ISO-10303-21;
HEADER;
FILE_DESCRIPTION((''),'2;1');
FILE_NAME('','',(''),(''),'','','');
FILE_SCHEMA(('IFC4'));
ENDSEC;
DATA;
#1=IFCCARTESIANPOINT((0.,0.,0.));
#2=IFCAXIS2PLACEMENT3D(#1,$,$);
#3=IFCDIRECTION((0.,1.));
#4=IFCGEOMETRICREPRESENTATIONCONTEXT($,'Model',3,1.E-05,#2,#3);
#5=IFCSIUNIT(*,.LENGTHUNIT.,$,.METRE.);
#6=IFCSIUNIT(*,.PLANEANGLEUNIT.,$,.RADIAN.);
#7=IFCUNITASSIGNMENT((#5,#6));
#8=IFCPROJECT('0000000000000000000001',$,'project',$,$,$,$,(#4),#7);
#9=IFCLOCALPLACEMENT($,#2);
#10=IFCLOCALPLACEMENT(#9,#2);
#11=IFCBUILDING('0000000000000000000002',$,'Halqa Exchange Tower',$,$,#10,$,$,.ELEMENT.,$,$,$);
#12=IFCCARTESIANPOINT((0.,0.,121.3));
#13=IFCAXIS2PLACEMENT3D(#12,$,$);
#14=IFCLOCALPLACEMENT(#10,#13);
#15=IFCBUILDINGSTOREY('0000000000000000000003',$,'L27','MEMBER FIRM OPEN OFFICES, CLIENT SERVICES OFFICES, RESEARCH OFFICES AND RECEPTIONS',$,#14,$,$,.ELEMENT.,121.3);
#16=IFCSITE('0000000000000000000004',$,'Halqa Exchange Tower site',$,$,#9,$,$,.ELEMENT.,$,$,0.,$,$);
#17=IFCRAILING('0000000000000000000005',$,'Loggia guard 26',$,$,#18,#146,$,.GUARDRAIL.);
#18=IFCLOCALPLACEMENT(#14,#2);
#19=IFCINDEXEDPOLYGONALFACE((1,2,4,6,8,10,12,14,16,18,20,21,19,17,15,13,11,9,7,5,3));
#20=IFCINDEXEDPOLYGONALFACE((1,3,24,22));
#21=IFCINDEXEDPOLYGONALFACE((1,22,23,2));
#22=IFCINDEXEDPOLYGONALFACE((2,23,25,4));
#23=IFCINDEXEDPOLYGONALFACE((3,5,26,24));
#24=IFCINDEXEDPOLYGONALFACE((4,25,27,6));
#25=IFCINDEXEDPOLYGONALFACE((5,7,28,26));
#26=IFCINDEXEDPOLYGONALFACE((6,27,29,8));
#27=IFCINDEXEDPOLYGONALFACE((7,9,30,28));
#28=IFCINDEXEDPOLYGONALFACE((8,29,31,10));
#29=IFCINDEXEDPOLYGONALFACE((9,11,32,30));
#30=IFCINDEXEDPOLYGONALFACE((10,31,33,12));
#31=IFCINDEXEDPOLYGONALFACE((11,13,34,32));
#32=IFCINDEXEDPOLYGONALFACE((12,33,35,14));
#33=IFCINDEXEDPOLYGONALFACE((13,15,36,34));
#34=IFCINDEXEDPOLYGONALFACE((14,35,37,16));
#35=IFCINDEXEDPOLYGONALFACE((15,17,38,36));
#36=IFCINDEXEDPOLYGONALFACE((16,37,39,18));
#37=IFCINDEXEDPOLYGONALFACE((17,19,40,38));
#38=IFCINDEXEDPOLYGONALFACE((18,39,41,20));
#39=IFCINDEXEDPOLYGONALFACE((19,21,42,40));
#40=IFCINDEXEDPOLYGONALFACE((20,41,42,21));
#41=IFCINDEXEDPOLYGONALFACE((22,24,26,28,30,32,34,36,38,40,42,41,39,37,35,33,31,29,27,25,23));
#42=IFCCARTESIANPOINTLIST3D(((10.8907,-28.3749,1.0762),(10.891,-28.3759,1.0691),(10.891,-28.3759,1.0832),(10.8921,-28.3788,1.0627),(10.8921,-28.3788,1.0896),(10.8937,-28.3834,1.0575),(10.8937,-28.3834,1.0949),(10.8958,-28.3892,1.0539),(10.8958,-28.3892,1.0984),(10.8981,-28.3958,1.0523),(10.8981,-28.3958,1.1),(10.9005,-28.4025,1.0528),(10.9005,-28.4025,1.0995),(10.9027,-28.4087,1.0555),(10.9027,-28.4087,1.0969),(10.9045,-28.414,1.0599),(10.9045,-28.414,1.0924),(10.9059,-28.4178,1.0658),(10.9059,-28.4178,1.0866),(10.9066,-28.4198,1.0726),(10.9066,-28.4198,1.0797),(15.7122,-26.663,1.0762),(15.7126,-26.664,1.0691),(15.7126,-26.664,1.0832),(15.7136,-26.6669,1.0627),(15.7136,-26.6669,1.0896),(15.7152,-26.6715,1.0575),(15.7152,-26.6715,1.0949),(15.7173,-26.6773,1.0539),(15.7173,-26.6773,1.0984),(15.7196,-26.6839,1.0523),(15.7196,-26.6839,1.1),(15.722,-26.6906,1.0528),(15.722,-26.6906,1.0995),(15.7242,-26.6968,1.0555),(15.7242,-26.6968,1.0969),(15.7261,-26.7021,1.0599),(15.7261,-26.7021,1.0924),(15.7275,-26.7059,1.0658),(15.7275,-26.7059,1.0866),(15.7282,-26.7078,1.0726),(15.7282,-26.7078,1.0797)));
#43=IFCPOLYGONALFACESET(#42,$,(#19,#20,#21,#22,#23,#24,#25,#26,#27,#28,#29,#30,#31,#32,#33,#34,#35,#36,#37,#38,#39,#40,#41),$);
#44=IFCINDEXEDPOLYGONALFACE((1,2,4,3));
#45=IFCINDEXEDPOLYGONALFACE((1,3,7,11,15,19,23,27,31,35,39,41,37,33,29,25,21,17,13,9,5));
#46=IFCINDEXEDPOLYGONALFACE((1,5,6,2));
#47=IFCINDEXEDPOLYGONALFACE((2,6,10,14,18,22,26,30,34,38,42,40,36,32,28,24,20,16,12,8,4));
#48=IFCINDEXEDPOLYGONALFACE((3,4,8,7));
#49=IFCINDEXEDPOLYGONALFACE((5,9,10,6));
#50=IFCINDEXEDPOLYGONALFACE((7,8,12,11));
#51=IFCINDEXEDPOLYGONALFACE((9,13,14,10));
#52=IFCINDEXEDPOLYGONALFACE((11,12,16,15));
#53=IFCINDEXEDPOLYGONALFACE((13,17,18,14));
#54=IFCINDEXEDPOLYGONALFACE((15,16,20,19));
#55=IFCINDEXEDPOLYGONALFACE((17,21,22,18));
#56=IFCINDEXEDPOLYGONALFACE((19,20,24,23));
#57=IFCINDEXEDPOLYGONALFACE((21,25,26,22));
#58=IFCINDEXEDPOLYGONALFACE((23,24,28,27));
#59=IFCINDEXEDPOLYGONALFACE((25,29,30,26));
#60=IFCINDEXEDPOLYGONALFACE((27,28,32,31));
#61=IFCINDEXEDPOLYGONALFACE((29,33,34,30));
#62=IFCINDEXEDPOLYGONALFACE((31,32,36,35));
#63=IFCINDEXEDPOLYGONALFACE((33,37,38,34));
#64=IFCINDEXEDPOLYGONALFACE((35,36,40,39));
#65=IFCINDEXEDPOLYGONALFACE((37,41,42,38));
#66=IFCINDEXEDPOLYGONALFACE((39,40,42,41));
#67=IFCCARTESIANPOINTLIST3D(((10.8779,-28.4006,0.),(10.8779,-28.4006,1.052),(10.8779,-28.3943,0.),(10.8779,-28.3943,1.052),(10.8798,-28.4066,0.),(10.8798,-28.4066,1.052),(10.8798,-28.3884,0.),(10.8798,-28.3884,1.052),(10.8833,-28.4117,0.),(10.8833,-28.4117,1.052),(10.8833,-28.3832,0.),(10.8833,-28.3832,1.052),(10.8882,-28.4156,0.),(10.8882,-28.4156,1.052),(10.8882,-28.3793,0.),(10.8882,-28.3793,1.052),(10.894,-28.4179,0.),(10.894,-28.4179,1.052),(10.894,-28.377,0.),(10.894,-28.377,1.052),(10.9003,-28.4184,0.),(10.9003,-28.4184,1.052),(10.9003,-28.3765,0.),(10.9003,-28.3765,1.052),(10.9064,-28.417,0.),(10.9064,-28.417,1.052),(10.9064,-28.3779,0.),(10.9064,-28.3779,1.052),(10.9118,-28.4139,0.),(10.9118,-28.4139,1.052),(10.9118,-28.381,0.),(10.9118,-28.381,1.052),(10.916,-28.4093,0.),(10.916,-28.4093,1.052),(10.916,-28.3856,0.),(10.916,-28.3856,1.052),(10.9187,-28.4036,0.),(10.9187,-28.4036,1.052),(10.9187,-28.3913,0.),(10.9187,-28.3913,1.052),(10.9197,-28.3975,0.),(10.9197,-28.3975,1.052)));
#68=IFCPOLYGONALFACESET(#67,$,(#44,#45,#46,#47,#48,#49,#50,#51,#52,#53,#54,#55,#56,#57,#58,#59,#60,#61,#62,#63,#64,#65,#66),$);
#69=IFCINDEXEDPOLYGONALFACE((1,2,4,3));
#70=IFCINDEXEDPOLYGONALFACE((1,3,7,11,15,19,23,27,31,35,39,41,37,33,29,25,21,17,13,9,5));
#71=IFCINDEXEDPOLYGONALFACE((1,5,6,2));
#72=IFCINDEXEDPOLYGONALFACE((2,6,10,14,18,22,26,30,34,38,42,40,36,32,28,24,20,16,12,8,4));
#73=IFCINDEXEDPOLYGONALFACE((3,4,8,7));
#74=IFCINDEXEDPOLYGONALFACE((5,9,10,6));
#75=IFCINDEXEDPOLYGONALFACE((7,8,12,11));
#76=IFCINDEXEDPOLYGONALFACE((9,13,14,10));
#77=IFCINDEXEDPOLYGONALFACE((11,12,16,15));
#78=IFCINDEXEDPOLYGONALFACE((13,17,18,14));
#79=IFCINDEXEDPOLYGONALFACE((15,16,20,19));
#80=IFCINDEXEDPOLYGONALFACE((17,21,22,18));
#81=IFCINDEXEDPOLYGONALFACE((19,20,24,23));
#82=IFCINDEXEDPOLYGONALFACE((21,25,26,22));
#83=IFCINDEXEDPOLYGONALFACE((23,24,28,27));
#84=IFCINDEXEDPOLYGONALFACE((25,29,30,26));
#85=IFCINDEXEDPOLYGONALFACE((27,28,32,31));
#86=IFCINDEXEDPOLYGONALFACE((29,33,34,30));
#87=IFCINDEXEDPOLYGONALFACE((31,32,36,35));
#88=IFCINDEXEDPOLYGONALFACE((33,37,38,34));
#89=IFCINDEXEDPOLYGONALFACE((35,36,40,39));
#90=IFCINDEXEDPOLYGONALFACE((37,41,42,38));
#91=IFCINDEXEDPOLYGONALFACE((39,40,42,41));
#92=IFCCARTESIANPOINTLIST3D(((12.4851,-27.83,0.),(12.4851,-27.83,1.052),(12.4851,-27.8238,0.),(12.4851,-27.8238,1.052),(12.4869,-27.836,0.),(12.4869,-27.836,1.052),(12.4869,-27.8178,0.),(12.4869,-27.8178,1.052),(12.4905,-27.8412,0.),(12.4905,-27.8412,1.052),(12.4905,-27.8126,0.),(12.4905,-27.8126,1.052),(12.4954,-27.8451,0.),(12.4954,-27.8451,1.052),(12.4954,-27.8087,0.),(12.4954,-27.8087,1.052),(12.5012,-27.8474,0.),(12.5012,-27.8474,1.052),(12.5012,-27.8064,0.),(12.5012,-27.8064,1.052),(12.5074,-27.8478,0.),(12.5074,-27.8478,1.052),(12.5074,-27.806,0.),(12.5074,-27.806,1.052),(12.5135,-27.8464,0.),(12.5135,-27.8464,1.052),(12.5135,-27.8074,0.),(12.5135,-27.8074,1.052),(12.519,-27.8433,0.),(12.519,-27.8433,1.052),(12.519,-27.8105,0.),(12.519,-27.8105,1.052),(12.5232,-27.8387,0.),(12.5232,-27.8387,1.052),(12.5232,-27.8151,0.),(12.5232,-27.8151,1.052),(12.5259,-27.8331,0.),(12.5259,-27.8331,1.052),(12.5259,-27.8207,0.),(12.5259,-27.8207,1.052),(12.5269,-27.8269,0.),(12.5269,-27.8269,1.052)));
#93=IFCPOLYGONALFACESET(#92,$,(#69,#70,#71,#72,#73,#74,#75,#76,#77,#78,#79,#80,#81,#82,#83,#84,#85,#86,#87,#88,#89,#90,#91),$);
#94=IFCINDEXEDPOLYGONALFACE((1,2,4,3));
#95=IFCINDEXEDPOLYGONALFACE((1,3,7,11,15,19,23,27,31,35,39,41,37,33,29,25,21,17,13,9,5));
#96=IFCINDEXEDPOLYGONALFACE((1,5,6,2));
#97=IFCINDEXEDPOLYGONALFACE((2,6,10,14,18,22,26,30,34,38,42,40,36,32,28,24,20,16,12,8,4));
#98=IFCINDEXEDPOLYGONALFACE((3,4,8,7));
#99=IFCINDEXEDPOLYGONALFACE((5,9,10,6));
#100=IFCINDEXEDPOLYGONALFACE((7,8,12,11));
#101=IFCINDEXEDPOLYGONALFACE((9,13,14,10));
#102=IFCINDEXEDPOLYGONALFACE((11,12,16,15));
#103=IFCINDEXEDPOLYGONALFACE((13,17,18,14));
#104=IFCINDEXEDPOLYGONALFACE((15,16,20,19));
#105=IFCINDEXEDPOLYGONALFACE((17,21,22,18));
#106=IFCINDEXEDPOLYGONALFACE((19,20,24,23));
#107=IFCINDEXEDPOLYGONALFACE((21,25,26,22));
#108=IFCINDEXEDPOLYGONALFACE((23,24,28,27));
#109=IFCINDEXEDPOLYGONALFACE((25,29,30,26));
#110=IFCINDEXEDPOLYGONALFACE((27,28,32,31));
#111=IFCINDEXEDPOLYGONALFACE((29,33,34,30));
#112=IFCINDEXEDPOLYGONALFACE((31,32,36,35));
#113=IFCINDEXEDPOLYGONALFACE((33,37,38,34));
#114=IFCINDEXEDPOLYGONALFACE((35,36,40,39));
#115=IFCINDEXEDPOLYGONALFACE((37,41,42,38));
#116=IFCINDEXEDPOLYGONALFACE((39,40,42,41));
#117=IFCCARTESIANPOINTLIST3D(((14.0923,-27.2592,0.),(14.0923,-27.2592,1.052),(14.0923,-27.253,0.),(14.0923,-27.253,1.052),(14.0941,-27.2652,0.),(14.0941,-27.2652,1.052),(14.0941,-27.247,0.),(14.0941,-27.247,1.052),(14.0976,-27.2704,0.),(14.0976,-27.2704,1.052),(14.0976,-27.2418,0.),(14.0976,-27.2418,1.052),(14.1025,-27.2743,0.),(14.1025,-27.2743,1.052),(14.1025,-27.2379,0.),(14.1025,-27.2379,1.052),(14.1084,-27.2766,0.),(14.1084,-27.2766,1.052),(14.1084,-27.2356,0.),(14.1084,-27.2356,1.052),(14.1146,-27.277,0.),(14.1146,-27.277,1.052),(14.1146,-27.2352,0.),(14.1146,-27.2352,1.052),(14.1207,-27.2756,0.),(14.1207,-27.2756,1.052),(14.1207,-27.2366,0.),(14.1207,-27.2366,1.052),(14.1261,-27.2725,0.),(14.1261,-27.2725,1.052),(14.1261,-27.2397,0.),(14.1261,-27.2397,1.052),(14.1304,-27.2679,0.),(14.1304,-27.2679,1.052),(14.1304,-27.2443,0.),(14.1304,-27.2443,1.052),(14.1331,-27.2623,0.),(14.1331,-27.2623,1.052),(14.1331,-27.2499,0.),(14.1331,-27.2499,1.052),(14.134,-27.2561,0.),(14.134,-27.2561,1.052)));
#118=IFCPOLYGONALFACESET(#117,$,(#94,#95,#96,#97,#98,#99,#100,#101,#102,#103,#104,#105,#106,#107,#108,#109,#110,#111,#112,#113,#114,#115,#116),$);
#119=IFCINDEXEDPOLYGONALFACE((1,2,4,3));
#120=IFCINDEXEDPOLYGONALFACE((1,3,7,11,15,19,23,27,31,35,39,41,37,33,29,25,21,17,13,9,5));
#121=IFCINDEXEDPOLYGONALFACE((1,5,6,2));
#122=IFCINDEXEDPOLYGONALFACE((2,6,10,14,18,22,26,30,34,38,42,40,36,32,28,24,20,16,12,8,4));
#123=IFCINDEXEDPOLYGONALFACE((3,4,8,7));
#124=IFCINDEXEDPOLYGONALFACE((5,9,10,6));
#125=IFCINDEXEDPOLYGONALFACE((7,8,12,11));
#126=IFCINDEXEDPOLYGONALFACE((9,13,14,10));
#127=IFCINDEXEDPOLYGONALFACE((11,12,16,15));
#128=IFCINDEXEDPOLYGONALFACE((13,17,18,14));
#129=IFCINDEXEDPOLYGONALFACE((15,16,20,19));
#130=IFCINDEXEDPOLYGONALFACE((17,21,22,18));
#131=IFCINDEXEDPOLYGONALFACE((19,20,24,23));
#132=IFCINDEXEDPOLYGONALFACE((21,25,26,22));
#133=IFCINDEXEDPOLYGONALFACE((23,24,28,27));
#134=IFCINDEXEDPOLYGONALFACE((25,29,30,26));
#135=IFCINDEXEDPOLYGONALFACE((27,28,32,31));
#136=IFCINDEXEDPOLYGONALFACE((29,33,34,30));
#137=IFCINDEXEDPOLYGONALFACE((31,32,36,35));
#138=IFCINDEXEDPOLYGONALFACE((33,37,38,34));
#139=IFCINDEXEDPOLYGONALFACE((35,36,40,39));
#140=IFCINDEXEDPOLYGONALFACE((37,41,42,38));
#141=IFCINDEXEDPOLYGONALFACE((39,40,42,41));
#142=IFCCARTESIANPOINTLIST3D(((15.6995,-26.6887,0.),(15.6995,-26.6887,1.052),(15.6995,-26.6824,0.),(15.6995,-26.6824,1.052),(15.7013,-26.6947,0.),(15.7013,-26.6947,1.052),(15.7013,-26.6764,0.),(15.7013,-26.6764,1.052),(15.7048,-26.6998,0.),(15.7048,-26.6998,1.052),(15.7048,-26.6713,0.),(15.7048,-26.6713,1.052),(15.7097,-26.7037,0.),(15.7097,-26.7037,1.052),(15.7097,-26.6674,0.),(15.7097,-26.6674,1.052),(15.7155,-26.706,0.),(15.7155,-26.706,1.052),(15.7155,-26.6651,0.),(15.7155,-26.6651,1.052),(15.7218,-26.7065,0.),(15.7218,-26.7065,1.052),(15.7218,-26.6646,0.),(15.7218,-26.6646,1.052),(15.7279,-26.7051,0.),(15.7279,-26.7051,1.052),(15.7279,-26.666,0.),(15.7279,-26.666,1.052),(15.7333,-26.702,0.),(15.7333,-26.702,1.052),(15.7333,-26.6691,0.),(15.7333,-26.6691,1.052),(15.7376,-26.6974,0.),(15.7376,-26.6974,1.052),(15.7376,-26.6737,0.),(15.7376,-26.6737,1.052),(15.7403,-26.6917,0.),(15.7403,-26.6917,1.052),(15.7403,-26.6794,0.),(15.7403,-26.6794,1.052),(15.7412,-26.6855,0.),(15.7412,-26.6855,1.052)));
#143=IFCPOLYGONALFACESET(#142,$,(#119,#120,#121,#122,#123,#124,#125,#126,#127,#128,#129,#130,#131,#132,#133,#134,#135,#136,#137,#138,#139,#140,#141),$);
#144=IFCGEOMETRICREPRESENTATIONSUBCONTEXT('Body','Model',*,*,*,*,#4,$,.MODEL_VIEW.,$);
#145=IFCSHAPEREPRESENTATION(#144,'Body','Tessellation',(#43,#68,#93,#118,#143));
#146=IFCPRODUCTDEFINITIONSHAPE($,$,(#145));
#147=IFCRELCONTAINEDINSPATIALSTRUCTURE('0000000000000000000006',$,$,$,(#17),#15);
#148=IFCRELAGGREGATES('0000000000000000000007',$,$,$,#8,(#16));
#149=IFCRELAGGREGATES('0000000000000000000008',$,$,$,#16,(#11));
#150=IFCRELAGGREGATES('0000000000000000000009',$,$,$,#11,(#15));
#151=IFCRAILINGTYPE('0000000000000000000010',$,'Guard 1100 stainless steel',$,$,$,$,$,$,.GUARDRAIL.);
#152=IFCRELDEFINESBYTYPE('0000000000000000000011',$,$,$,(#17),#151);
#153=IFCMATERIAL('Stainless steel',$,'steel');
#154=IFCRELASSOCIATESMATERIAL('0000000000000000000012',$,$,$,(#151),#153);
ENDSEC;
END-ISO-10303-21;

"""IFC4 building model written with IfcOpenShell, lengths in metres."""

from ifc_helpers import new_model, si_unit, direction, frame, origin, origin_2d, place, context, subcontext, project, spatial, circle, extrude, material, type_object, element, save


model = new_model("IFC4")

# Units and contexts
model_context = context("Model", 3, precision=1e-05, world=origin(), true_north=direction((0.0, 1.0)))
body_context = subcontext(model_context, "Body", "Model", "MODEL_VIEW")
ifc_project = project(units=[si_unit("LENGTHUNIT", "METRE"), si_unit("PLANEANGLEUNIT", "RADIAN")], contexts=[model_context])

# Site, building, storey
site_placement = place(None, origin())
site = spatial("IfcSite", under=ifc_project, at=site_placement, Name="Halqa Exchange Tower site", CompositionType="ELEMENT", RefElevation=0.0)
building_placement = place(site_placement, origin())
building = spatial("IfcBuilding", under=site, at=building_placement, Name="Halqa Exchange Tower", CompositionType="ELEMENT")
storey_placement = place(building_placement, frame((0.0, 0.0, 121.3)))
storey = spatial("IfcBuildingStorey", under=building, at=storey_placement, Name="L27", Description="MEMBER FIRM OPEN OFFICES, CLIENT SERVICES OFFICES, RESEARCH OFFICES AND RECEPTIONS", CompositionType="ELEMENT", Elevation=121.3)

# Railing
ifc_material_1 = material(Name="Stainless steel", Category="steel")
railing_type = type_object("IfcRailingType", Name="Guard 1100 stainless steel", PredefinedType="GUARDRAIL", material=ifc_material_1)
railing_1_placement = place(storey_placement, frame((10.8987, -28.3975, 0.0)))
element("IfcRailing", 1, at=railing_1_placement, inside=storey, type_object=railing_type, Name="Loggia guard 26", PredefinedType="GUARDRAIL", context=body_context, shape_type="SweptSolid", body=[
    extrude(circle(Radius=0.0239, at=origin_2d()), frame((0.0, 0.0, 1.0762), z_axis=(0.942363, 0.334592, 0.0), x_axis=(-0.334592, 0.942363, 0.0)), (0.0, 0.0, 1.0), 5.1165),
    extrude(circle(Radius=0.021, at=origin_2d()), origin(), (0.0, 0.0, 1.0), 1.052),
    extrude(circle(Radius=0.021, at=origin_2d()), frame((1.6072, 0.5706, 0.0)), (0.0, 0.0, 1.0), 1.052),
    extrude(circle(Radius=0.021, at=origin_2d()), frame((3.2144, 1.1414, 0.0)), (0.0, 0.0, 1.0), 1.052),
    extrude(circle(Radius=0.021, at=origin_2d()), frame((4.8215, 1.7119, 0.0)), (0.0, 0.0, 1.0), 1.052),
])

save(model, "model.ifc")
